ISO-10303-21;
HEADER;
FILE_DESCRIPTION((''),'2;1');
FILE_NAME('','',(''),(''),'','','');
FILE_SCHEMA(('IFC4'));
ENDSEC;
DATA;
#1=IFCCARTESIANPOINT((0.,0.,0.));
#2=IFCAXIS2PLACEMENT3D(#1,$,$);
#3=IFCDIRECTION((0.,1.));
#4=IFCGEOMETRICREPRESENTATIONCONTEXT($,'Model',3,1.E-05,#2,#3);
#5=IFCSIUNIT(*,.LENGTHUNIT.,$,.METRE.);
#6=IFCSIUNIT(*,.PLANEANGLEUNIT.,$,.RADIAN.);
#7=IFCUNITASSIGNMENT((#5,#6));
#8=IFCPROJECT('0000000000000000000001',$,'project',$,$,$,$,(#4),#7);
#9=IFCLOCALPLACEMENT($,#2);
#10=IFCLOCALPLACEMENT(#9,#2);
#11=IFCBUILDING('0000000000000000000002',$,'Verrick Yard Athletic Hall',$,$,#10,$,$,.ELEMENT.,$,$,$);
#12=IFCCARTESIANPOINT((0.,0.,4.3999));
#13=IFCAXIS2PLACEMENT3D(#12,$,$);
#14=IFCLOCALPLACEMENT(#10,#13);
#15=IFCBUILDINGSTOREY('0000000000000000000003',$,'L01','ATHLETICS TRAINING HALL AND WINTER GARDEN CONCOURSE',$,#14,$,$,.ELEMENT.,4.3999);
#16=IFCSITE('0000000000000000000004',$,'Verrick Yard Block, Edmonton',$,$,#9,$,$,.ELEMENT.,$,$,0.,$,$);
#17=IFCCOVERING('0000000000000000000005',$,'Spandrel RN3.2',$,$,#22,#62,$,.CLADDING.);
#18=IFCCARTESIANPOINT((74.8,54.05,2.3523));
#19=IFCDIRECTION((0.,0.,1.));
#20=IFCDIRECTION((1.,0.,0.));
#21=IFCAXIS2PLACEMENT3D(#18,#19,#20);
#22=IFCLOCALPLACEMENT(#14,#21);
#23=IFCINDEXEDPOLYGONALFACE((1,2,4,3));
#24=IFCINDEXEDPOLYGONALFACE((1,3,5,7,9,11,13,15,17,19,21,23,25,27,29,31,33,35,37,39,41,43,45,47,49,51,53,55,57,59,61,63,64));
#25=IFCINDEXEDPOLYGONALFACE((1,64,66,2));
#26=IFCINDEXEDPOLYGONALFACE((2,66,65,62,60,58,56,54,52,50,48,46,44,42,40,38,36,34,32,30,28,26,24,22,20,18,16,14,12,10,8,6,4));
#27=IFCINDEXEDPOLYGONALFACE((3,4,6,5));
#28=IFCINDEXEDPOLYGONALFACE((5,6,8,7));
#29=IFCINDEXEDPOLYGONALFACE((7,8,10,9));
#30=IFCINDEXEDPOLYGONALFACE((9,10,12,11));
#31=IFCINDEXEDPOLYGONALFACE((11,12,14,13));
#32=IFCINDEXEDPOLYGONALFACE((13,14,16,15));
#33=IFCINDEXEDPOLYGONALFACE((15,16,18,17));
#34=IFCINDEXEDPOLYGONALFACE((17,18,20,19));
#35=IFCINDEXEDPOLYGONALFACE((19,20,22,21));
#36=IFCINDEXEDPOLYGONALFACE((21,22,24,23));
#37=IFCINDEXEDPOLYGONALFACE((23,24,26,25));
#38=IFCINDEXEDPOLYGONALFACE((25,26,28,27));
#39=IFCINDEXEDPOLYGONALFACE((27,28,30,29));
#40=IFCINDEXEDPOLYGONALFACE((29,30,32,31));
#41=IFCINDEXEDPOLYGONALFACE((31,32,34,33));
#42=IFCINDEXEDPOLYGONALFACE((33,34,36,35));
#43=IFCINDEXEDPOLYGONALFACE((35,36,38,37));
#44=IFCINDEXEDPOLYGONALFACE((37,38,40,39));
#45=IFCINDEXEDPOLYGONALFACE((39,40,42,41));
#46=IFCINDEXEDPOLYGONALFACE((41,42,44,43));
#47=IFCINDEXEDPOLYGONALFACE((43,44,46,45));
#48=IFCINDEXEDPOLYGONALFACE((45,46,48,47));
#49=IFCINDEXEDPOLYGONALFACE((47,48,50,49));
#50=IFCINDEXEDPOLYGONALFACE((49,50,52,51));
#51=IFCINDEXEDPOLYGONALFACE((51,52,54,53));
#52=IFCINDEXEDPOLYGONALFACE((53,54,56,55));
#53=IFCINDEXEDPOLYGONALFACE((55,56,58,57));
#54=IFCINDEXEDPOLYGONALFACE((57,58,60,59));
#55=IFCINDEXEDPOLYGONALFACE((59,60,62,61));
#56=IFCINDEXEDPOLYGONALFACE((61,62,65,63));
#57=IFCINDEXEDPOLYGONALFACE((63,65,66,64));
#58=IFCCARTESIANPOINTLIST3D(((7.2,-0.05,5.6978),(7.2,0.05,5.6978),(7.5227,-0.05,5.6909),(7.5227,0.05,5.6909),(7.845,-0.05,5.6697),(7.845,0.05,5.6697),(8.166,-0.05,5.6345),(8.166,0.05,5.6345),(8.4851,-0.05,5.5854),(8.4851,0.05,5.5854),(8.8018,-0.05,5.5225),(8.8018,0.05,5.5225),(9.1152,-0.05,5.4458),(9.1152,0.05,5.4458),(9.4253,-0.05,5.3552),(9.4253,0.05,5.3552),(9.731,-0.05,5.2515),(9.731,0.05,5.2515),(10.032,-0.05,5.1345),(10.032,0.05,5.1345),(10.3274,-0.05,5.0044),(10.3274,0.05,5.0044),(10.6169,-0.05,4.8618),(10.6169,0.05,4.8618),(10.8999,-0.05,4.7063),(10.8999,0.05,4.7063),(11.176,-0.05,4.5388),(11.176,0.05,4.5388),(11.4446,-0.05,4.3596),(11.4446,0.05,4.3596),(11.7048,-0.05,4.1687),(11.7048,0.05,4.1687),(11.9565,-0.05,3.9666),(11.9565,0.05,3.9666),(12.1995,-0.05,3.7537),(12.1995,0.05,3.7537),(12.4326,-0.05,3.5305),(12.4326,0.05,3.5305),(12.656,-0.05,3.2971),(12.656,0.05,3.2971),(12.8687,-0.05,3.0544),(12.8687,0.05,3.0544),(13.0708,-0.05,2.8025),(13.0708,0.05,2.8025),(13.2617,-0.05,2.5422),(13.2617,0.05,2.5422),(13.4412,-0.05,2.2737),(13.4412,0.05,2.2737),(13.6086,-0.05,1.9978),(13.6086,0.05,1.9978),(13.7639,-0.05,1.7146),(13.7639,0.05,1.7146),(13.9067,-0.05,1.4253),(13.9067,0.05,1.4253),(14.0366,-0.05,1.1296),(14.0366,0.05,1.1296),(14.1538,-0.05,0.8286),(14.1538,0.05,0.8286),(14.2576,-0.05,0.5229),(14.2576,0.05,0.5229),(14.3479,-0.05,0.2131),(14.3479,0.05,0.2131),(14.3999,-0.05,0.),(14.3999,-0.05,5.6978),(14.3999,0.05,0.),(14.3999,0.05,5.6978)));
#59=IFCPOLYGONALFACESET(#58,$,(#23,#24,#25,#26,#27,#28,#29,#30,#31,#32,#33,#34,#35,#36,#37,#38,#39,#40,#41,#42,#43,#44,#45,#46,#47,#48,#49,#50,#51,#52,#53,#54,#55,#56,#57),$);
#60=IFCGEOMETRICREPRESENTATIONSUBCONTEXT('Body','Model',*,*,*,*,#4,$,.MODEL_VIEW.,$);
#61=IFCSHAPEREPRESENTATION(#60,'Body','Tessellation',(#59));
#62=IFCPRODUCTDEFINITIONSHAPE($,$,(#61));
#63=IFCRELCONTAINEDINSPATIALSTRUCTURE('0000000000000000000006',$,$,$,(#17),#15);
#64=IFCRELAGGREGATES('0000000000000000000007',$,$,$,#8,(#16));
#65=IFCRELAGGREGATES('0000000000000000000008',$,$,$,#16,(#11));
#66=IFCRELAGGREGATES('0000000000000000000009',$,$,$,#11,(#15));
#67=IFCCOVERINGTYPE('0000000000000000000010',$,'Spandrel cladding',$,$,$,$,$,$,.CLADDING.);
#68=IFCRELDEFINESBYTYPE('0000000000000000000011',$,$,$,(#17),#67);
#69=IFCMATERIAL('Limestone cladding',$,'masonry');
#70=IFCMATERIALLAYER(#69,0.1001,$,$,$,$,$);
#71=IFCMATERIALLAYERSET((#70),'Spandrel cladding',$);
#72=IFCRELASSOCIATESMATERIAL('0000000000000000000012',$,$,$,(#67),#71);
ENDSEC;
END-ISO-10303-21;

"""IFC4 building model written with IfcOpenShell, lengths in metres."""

from ifc_helpers import new_model, si_unit, direction, frame, origin, place, context, subcontext, project, spatial, polyline, outline, extrude, material, layer, layer_set, type_object, element, save


model = new_model("IFC4")

# Units and contexts
model_context = context("Model", 3, precision=1e-05, world=origin(), true_north=direction((0.0, 1.0)))
body_context = subcontext(model_context, "Body", "Model", "MODEL_VIEW")
ifc_project = project(units=[si_unit("LENGTHUNIT", "METRE"), si_unit("PLANEANGLEUNIT", "RADIAN")], contexts=[model_context])

# Site, building, storey
site_placement = place(None, origin())
site = spatial("IfcSite", under=ifc_project, at=site_placement, Name="Verrick Yard Block, Edmonton", CompositionType="ELEMENT", RefElevation=0.0)
building_placement = place(site_placement, origin())
building = spatial("IfcBuilding", under=site, at=building_placement, Name="Verrick Yard Athletic Hall", CompositionType="ELEMENT")
storey_placement = place(building_placement, frame((0.0, 0.0, 4.3999)))
storey = spatial("IfcBuildingStorey", under=building, at=storey_placement, Name="L01", Description="ATHLETICS TRAINING HALL AND WINTER GARDEN CONCOURSE", CompositionType="ELEMENT", Elevation=4.3999)

# Shared definitions
ifc_material_1 = material(Name="Limestone cladding", Category="masonry")

# Covering
ifc_layer_1 = layer(ifc_material_1, 0.1001)
ifc_layer_set_1 = layer_set([ifc_layer_1], Name="Spandrel cladding")
covering_type_1 = type_object("IfcCoveringType", Name="Spandrel cladding", PredefinedType="CLADDING", material=ifc_layer_set_1)
covering_1_placement = place(storey_placement, frame((74.8, 54.05, 2.3523), z_axis=(0.0, 0.0, 1.0), x_axis=(1.0, 0.0, 0.0)))
element("IfcCovering", 1, at=covering_1_placement, inside=storey, type_object=covering_type_1, Name="Spandrel RN3.2", PredefinedType="CLADDING", context=body_context, shape_type="SweptSolid", body=[
    extrude(outline(polyline([(7.2, 5.6978), (7.5227, 5.6909), (7.845, 5.6697), (8.166, 5.6345), (8.4851, 5.5854), (8.8018, 5.5225), (9.1152, 5.4458), (9.4253, 5.3552), (9.731, 5.2515), (10.032, 5.1345), (10.3274, 5.0044), (10.6169, 4.8618), (10.8999, 4.7063), (11.176, 4.5388), (11.4446, 4.3596), (11.7048, 4.1687), (11.9565, 3.9666), (12.1995, 3.7537), (12.4326, 3.5305), (12.656, 3.2971), (12.8687, 3.0544), (13.0708, 2.8025), (13.2617, 2.5422), (13.4412, 2.2737), (13.6086, 1.9978), (13.7639, 1.7146), (13.9067, 1.4253), (14.0366, 1.1296), (14.1538, 0.8286), (14.2576, 0.5229), (14.3479, 0.2131), (14.3999, 0.0), (14.3999, 5.6978), (7.2, 5.6978)])), frame((0.0, 0.05, 0.0), z_axis=(0.0, -1.0, 0.0), x_axis=(1.0, 0.0, 0.0)), (0.0, 0.0, 1.0), 0.1001),
])

save(model, "model.ifc")
